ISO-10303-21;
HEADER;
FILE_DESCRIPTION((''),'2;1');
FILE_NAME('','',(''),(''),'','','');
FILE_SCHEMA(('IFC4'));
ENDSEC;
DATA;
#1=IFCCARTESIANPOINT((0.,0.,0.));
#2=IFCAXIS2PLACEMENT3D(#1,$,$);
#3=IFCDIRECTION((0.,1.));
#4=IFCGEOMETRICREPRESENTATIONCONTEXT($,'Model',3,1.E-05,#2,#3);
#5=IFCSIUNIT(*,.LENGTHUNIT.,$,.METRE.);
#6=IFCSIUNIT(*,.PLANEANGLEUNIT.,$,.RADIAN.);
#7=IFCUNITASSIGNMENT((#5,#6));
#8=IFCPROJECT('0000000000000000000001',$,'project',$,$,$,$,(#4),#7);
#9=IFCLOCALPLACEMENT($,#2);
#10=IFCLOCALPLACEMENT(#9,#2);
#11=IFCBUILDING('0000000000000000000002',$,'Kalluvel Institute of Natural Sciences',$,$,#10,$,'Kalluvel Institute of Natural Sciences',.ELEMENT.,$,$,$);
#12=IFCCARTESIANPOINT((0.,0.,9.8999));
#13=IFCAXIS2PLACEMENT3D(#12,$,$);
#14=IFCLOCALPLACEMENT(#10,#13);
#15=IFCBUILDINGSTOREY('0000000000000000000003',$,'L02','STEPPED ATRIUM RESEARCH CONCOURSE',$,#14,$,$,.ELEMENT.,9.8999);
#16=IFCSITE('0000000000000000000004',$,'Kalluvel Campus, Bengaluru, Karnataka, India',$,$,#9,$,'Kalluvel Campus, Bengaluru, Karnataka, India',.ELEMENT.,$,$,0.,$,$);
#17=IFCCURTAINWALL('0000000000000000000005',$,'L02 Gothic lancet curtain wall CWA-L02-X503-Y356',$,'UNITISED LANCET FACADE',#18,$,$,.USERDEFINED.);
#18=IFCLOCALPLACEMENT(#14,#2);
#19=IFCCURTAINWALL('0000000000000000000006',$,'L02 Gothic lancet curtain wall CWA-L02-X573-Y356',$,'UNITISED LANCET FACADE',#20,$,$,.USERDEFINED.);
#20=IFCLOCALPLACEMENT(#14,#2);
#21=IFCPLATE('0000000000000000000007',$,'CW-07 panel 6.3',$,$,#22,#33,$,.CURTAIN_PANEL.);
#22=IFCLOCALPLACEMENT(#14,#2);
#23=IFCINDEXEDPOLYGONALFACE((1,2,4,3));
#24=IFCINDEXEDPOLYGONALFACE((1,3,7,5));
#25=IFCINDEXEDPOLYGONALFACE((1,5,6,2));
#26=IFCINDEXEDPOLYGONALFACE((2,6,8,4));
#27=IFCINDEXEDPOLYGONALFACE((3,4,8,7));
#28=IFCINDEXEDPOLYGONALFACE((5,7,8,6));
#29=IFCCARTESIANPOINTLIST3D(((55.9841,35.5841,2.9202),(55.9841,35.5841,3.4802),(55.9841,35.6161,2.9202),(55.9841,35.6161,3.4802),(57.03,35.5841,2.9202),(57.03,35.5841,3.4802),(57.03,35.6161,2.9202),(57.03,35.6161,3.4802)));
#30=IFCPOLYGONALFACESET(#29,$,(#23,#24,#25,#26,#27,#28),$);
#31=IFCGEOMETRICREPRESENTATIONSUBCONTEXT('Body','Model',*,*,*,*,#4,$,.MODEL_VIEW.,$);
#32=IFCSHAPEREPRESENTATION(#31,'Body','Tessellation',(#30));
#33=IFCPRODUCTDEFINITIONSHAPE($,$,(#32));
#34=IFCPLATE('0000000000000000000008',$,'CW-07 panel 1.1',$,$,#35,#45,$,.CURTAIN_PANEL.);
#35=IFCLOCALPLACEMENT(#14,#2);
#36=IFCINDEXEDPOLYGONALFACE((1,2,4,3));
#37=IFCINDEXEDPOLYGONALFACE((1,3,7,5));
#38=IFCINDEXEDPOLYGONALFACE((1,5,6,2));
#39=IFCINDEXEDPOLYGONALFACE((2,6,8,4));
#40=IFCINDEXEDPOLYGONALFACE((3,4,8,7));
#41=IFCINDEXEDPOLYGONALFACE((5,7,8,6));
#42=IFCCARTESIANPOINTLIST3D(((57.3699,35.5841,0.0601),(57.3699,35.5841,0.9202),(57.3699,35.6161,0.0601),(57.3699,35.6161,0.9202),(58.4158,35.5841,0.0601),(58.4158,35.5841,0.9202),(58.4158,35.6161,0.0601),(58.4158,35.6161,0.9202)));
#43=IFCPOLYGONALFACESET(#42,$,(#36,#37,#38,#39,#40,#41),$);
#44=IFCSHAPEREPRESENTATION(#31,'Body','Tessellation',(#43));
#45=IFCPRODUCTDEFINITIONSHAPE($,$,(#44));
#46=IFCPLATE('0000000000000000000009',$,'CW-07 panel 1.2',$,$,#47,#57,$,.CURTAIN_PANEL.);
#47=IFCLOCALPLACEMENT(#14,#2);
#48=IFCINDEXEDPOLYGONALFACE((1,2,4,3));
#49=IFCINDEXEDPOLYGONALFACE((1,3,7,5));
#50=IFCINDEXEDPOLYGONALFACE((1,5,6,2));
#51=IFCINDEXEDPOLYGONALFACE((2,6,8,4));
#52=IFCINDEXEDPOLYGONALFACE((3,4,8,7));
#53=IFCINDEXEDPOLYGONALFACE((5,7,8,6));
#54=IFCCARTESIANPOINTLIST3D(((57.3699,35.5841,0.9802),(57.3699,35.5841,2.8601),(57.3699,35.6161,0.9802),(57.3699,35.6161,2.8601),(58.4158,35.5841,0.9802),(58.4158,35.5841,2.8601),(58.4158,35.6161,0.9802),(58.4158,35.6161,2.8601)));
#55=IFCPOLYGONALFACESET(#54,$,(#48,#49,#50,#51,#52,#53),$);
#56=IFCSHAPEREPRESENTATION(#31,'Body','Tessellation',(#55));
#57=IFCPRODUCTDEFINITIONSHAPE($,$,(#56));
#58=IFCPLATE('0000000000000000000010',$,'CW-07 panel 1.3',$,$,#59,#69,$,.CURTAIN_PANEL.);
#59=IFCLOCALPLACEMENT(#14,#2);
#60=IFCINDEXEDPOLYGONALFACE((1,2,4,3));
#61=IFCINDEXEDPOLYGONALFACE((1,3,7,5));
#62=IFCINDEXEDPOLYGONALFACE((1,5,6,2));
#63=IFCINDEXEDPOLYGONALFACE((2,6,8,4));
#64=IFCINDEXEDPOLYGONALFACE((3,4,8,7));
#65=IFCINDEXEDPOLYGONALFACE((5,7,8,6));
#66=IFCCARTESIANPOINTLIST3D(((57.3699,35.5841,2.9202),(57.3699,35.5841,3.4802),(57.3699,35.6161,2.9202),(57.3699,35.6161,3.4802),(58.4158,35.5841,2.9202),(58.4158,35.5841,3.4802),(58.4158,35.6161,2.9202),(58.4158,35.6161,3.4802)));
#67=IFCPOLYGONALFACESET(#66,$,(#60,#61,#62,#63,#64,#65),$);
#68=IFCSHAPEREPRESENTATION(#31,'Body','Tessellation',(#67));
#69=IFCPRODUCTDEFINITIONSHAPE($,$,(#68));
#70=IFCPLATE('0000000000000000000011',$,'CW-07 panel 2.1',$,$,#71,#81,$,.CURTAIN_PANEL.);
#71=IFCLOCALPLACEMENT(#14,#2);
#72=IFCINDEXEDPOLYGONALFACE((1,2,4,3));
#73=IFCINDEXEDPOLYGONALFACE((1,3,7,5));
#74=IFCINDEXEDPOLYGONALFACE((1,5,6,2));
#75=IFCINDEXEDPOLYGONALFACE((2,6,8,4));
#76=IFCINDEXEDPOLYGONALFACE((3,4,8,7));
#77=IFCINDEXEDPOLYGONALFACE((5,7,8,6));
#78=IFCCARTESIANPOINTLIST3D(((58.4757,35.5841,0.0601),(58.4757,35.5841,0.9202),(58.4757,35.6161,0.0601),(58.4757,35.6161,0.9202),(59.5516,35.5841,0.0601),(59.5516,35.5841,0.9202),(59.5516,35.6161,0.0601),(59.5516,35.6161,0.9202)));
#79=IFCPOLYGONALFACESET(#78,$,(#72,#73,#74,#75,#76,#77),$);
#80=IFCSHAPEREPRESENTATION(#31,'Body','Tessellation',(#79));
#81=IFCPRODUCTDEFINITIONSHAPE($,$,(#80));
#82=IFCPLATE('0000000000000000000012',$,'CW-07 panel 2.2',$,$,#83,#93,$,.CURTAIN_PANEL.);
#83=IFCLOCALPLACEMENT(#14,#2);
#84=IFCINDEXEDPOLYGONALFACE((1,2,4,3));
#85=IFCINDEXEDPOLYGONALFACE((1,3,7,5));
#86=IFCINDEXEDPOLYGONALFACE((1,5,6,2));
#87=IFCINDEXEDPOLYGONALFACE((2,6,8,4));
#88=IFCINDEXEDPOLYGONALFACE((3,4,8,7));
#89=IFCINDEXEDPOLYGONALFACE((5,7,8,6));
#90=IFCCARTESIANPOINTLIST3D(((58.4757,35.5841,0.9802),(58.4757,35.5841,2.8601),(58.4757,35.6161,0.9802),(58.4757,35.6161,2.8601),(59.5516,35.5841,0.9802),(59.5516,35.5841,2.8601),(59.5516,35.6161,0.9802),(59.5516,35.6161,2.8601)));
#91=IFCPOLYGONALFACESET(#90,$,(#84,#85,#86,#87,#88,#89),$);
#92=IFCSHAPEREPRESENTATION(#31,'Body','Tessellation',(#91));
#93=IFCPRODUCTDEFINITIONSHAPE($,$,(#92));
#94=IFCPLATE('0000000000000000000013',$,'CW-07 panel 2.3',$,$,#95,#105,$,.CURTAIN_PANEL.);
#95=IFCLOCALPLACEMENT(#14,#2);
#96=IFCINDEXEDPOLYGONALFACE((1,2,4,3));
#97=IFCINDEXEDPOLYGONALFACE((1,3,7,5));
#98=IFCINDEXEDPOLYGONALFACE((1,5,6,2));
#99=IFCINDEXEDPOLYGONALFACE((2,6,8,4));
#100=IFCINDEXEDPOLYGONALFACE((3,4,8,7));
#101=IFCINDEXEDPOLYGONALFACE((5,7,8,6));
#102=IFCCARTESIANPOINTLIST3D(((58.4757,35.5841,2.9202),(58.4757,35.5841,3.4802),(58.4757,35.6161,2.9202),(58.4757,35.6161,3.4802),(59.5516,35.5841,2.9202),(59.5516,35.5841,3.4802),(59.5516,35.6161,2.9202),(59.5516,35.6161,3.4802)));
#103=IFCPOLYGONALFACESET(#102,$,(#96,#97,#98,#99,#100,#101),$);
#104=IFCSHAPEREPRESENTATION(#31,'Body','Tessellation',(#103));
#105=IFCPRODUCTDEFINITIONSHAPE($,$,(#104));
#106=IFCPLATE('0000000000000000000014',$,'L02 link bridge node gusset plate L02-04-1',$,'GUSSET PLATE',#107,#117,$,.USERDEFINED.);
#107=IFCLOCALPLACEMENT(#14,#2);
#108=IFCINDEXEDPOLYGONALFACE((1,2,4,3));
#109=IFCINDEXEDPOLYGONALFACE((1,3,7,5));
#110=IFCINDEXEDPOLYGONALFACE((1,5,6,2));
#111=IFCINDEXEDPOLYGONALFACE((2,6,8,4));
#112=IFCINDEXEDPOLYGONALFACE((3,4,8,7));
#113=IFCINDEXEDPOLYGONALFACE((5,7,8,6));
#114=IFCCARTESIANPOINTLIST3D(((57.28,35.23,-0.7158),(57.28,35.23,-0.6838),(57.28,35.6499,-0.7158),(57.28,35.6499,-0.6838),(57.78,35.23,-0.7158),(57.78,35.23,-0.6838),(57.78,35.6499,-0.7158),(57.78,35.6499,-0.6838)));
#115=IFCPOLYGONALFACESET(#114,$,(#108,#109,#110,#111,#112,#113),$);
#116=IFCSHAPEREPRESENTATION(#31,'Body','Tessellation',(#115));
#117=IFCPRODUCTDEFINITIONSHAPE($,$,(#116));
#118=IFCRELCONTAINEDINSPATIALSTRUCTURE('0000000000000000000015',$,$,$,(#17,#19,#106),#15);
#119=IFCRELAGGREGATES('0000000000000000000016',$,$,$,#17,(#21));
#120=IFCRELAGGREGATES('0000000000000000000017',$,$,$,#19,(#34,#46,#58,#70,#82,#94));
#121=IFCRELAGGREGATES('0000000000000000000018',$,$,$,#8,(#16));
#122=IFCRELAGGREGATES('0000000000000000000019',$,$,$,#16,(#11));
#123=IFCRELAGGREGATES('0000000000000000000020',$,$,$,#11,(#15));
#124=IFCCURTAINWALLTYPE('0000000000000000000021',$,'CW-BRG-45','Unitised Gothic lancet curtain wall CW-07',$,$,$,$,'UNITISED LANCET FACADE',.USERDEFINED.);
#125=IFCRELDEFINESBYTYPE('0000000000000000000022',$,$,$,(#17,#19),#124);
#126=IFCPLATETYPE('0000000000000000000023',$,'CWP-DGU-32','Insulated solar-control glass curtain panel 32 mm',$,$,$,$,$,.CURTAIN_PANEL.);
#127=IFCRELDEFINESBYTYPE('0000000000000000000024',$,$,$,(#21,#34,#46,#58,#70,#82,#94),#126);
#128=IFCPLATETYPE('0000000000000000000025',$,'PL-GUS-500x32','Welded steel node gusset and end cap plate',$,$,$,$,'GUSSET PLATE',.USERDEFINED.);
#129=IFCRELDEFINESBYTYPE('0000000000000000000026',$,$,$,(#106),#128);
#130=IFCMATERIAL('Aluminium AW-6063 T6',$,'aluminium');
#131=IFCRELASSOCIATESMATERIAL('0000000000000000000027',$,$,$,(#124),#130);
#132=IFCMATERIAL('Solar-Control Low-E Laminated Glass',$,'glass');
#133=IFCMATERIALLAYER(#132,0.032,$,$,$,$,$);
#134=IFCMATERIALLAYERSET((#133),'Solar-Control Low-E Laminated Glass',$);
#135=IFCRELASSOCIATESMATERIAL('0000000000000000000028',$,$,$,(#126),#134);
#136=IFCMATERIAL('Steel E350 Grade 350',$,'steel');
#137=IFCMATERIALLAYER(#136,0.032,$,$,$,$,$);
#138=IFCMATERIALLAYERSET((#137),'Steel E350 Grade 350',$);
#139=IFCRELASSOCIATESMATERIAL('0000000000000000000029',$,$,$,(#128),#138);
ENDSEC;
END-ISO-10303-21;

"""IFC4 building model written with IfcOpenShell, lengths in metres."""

from ifc_helpers import new_model, si_unit, direction, frame, origin, origin_2d, place, context, subcontext, project, spatial, rectangle, extrude, material, layer, layer_set, type_object, element, aggregate, save


model = new_model("IFC4")

# Units and contexts
model_context = context("Model", 3, precision=1e-05, world=origin(), true_north=direction((0.0, 1.0)))
body_context = subcontext(model_context, "Body", "Model", "MODEL_VIEW")
ifc_project = project(units=[si_unit("LENGTHUNIT", "METRE"), si_unit("PLANEANGLEUNIT", "RADIAN")], contexts=[model_context])

# Site, building, storey
site_placement = place(None, origin())
site = spatial("IfcSite", under=ifc_project, at=site_placement, Name="Kalluvel Campus, Bengaluru, Karnataka, India", LongName="Kalluvel Campus, Bengaluru, Karnataka, India", CompositionType="ELEMENT", RefElevation=0.0)
building_placement = place(site_placement, origin())
building = spatial("IfcBuilding", under=site, at=building_placement, Name="Kalluvel Institute of Natural Sciences", LongName="Kalluvel Institute of Natural Sciences", CompositionType="ELEMENT")
storey_placement = place(building_placement, frame((0.0, 0.0, 9.8999)))
storey = spatial("IfcBuildingStorey", under=building, at=storey_placement, Name="L02", Description="STEPPED ATRIUM RESEARCH CONCOURSE", CompositionType="ELEMENT", Elevation=9.8999)

# Curtain wall
ifc_material_1 = material(Name="Aluminium AW-6063 T6", Category="aluminium")
curtain_wall_type = type_object("IfcCurtainWallType", Name="CW-BRG-45", Description="Unitised Gothic lancet curtain wall CW-07", ElementType="UNITISED LANCET FACADE", PredefinedType="USERDEFINED", material=ifc_material_1)
curtain_wall_1_placement = place(storey_placement, origin())
curtain_wall_1 = element("IfcCurtainWall", 1, at=curtain_wall_1_placement, inside=storey, type_object=curtain_wall_type, Name="L02 Gothic lancet curtain wall CWA-L02-X503-Y356", ObjectType="UNITISED LANCET FACADE", PredefinedType="USERDEFINED")

# Curtain wall
curtain_wall_2_placement = place(storey_placement, origin())
curtain_wall_2 = element("IfcCurtainWall", 2, at=curtain_wall_2_placement, inside=storey, type_object=curtain_wall_type, Name="L02 Gothic lancet curtain wall CWA-L02-X573-Y356", ObjectType="UNITISED LANCET FACADE", PredefinedType="USERDEFINED")

# Shared definitions
ifc_material_2 = material(Name="Steel E350 Grade 350", Category="steel")

# Plates
ifc_material_3 = material(Name="Solar-Control Low-E Laminated Glass", Category="glass")
ifc_layer_1 = layer(ifc_material_3, 0.032)
ifc_layer_set_1 = layer_set([ifc_layer_1], Name="Solar-Control Low-E Laminated Glass")
plate_type_1 = type_object("IfcPlateType", Name="CWP-DGU-32", Description="Insulated solar-control glass curtain panel 32 mm", PredefinedType="CURTAIN_PANEL", material=ifc_layer_set_1)
plate_1_placement = place(storey_placement, frame((56.5071, 35.6001, 2.9202), z_axis=(0.0, 0.0, 1.0), x_axis=(1.0, 0.0, 0.0)))
plate_1 = element("IfcPlate", 3, at=plate_1_placement, type_object=plate_type_1, Name="CW-07 panel 6.3", PredefinedType="CURTAIN_PANEL", context=body_context, shape_type="SweptSolid", body=[
    extrude(rectangle(XDim=1.0459, YDim=0.032, at=origin_2d()), origin(), (0.0, 0.0, 1.0), 0.5601),
])
aggregate(curtain_wall_1, [plate_1])
plate_2_placement = place(storey_placement, frame((57.8928, 35.6001, 0.0601), z_axis=(0.0, 0.0, 1.0), x_axis=(1.0, 0.0, 0.0)))
plate_2 = element("IfcPlate", 4, at=plate_2_placement, type_object=plate_type_1, Name="CW-07 panel 1.1", PredefinedType="CURTAIN_PANEL", context=body_context, shape_type="SweptSolid", body=[
    extrude(rectangle(XDim=1.0459, YDim=0.032, at=origin_2d()), origin(), (0.0, 0.0, 1.0), 0.8601),
])
plate_3_placement = place(storey_placement, frame((57.8928, 35.6001, 0.9802), z_axis=(0.0, 0.0, 1.0), x_axis=(1.0, 0.0, 0.0)))
plate_3 = element("IfcPlate", 5, at=plate_3_placement, type_object=plate_type_1, Name="CW-07 panel 1.2", PredefinedType="CURTAIN_PANEL", context=body_context, shape_type="SweptSolid", body=[
    extrude(rectangle(XDim=1.0459, YDim=0.032, at=origin_2d()), origin(), (0.0, 0.0, 1.0), 1.8799),
])
plate_4_placement = place(storey_placement, frame((57.8928, 35.6001, 2.9202), z_axis=(0.0, 0.0, 1.0), x_axis=(1.0, 0.0, 0.0)))
plate_4 = element("IfcPlate", 6, at=plate_4_placement, type_object=plate_type_1, Name="CW-07 panel 1.3", PredefinedType="CURTAIN_PANEL", context=body_context, shape_type="SweptSolid", body=[
    extrude(rectangle(XDim=1.0459, YDim=0.032, at=origin_2d()), origin(), (0.0, 0.0, 1.0), 0.5601),
])
plate_5_placement = place(storey_placement, frame((59.0137, 35.6001, 0.0601), z_axis=(0.0, 0.0, 1.0), x_axis=(1.0, 0.0, 0.0)))
plate_5 = element("IfcPlate", 7, at=plate_5_placement, type_object=plate_type_1, Name="CW-07 panel 2.1", PredefinedType="CURTAIN_PANEL", context=body_context, shape_type="SweptSolid", body=[
    extrude(rectangle(XDim=1.0759, YDim=0.032, at=origin_2d()), origin(), (0.0, 0.0, 1.0), 0.8601),
])
plate_6_placement = place(storey_placement, frame((59.0137, 35.6001, 0.9802), z_axis=(0.0, 0.0, 1.0), x_axis=(1.0, 0.0, 0.0)))
plate_6 = element("IfcPlate", 8, at=plate_6_placement, type_object=plate_type_1, Name="CW-07 panel 2.2", PredefinedType="CURTAIN_PANEL", context=body_context, shape_type="SweptSolid", body=[
    extrude(rectangle(XDim=1.0759, YDim=0.032, at=origin_2d()), origin(), (0.0, 0.0, 1.0), 1.8799),
])
plate_7_placement = place(storey_placement, frame((59.0137, 35.6001, 2.9202), z_axis=(0.0, 0.0, 1.0), x_axis=(1.0, 0.0, 0.0)))
plate_7 = element("IfcPlate", 9, at=plate_7_placement, type_object=plate_type_1, Name="CW-07 panel 2.3", PredefinedType="CURTAIN_PANEL", context=body_context, shape_type="SweptSolid", body=[
    extrude(rectangle(XDim=1.0759, YDim=0.032, at=origin_2d()), origin(), (0.0, 0.0, 1.0), 0.5601),
])
aggregate(curtain_wall_2, [plate_2, plate_3, plate_4, plate_5, plate_6, plate_7])
ifc_layer_2 = layer(ifc_material_2, 0.032)
ifc_layer_set_2 = layer_set([ifc_layer_2], Name="Steel E350 Grade 350")
plate_type_2 = type_object("IfcPlateType", Name="PL-GUS-500x32", Description="Welded steel node gusset and end cap plate", ElementType="GUSSET PLATE", PredefinedType="USERDEFINED", material=ifc_layer_set_2)
plate_8_placement = place(storey_placement, frame((57.53, 35.4399, -0.7158), z_axis=(0.0, 0.0, 1.0), x_axis=(1.0, 0.0, 0.0)))
element("IfcPlate", 10, at=plate_8_placement, inside=storey, type_object=plate_type_2, Name="L02 link bridge node gusset plate L02-04-1", ObjectType="GUSSET PLATE", PredefinedType="USERDEFINED", context=body_context, shape_type="SweptSolid", body=[
    extrude(rectangle(XDim=0.5, YDim=0.4199, at=origin_2d()), origin(), (0.0, 0.0, 1.0), 0.032),
])

save(model, "model.ifc")
